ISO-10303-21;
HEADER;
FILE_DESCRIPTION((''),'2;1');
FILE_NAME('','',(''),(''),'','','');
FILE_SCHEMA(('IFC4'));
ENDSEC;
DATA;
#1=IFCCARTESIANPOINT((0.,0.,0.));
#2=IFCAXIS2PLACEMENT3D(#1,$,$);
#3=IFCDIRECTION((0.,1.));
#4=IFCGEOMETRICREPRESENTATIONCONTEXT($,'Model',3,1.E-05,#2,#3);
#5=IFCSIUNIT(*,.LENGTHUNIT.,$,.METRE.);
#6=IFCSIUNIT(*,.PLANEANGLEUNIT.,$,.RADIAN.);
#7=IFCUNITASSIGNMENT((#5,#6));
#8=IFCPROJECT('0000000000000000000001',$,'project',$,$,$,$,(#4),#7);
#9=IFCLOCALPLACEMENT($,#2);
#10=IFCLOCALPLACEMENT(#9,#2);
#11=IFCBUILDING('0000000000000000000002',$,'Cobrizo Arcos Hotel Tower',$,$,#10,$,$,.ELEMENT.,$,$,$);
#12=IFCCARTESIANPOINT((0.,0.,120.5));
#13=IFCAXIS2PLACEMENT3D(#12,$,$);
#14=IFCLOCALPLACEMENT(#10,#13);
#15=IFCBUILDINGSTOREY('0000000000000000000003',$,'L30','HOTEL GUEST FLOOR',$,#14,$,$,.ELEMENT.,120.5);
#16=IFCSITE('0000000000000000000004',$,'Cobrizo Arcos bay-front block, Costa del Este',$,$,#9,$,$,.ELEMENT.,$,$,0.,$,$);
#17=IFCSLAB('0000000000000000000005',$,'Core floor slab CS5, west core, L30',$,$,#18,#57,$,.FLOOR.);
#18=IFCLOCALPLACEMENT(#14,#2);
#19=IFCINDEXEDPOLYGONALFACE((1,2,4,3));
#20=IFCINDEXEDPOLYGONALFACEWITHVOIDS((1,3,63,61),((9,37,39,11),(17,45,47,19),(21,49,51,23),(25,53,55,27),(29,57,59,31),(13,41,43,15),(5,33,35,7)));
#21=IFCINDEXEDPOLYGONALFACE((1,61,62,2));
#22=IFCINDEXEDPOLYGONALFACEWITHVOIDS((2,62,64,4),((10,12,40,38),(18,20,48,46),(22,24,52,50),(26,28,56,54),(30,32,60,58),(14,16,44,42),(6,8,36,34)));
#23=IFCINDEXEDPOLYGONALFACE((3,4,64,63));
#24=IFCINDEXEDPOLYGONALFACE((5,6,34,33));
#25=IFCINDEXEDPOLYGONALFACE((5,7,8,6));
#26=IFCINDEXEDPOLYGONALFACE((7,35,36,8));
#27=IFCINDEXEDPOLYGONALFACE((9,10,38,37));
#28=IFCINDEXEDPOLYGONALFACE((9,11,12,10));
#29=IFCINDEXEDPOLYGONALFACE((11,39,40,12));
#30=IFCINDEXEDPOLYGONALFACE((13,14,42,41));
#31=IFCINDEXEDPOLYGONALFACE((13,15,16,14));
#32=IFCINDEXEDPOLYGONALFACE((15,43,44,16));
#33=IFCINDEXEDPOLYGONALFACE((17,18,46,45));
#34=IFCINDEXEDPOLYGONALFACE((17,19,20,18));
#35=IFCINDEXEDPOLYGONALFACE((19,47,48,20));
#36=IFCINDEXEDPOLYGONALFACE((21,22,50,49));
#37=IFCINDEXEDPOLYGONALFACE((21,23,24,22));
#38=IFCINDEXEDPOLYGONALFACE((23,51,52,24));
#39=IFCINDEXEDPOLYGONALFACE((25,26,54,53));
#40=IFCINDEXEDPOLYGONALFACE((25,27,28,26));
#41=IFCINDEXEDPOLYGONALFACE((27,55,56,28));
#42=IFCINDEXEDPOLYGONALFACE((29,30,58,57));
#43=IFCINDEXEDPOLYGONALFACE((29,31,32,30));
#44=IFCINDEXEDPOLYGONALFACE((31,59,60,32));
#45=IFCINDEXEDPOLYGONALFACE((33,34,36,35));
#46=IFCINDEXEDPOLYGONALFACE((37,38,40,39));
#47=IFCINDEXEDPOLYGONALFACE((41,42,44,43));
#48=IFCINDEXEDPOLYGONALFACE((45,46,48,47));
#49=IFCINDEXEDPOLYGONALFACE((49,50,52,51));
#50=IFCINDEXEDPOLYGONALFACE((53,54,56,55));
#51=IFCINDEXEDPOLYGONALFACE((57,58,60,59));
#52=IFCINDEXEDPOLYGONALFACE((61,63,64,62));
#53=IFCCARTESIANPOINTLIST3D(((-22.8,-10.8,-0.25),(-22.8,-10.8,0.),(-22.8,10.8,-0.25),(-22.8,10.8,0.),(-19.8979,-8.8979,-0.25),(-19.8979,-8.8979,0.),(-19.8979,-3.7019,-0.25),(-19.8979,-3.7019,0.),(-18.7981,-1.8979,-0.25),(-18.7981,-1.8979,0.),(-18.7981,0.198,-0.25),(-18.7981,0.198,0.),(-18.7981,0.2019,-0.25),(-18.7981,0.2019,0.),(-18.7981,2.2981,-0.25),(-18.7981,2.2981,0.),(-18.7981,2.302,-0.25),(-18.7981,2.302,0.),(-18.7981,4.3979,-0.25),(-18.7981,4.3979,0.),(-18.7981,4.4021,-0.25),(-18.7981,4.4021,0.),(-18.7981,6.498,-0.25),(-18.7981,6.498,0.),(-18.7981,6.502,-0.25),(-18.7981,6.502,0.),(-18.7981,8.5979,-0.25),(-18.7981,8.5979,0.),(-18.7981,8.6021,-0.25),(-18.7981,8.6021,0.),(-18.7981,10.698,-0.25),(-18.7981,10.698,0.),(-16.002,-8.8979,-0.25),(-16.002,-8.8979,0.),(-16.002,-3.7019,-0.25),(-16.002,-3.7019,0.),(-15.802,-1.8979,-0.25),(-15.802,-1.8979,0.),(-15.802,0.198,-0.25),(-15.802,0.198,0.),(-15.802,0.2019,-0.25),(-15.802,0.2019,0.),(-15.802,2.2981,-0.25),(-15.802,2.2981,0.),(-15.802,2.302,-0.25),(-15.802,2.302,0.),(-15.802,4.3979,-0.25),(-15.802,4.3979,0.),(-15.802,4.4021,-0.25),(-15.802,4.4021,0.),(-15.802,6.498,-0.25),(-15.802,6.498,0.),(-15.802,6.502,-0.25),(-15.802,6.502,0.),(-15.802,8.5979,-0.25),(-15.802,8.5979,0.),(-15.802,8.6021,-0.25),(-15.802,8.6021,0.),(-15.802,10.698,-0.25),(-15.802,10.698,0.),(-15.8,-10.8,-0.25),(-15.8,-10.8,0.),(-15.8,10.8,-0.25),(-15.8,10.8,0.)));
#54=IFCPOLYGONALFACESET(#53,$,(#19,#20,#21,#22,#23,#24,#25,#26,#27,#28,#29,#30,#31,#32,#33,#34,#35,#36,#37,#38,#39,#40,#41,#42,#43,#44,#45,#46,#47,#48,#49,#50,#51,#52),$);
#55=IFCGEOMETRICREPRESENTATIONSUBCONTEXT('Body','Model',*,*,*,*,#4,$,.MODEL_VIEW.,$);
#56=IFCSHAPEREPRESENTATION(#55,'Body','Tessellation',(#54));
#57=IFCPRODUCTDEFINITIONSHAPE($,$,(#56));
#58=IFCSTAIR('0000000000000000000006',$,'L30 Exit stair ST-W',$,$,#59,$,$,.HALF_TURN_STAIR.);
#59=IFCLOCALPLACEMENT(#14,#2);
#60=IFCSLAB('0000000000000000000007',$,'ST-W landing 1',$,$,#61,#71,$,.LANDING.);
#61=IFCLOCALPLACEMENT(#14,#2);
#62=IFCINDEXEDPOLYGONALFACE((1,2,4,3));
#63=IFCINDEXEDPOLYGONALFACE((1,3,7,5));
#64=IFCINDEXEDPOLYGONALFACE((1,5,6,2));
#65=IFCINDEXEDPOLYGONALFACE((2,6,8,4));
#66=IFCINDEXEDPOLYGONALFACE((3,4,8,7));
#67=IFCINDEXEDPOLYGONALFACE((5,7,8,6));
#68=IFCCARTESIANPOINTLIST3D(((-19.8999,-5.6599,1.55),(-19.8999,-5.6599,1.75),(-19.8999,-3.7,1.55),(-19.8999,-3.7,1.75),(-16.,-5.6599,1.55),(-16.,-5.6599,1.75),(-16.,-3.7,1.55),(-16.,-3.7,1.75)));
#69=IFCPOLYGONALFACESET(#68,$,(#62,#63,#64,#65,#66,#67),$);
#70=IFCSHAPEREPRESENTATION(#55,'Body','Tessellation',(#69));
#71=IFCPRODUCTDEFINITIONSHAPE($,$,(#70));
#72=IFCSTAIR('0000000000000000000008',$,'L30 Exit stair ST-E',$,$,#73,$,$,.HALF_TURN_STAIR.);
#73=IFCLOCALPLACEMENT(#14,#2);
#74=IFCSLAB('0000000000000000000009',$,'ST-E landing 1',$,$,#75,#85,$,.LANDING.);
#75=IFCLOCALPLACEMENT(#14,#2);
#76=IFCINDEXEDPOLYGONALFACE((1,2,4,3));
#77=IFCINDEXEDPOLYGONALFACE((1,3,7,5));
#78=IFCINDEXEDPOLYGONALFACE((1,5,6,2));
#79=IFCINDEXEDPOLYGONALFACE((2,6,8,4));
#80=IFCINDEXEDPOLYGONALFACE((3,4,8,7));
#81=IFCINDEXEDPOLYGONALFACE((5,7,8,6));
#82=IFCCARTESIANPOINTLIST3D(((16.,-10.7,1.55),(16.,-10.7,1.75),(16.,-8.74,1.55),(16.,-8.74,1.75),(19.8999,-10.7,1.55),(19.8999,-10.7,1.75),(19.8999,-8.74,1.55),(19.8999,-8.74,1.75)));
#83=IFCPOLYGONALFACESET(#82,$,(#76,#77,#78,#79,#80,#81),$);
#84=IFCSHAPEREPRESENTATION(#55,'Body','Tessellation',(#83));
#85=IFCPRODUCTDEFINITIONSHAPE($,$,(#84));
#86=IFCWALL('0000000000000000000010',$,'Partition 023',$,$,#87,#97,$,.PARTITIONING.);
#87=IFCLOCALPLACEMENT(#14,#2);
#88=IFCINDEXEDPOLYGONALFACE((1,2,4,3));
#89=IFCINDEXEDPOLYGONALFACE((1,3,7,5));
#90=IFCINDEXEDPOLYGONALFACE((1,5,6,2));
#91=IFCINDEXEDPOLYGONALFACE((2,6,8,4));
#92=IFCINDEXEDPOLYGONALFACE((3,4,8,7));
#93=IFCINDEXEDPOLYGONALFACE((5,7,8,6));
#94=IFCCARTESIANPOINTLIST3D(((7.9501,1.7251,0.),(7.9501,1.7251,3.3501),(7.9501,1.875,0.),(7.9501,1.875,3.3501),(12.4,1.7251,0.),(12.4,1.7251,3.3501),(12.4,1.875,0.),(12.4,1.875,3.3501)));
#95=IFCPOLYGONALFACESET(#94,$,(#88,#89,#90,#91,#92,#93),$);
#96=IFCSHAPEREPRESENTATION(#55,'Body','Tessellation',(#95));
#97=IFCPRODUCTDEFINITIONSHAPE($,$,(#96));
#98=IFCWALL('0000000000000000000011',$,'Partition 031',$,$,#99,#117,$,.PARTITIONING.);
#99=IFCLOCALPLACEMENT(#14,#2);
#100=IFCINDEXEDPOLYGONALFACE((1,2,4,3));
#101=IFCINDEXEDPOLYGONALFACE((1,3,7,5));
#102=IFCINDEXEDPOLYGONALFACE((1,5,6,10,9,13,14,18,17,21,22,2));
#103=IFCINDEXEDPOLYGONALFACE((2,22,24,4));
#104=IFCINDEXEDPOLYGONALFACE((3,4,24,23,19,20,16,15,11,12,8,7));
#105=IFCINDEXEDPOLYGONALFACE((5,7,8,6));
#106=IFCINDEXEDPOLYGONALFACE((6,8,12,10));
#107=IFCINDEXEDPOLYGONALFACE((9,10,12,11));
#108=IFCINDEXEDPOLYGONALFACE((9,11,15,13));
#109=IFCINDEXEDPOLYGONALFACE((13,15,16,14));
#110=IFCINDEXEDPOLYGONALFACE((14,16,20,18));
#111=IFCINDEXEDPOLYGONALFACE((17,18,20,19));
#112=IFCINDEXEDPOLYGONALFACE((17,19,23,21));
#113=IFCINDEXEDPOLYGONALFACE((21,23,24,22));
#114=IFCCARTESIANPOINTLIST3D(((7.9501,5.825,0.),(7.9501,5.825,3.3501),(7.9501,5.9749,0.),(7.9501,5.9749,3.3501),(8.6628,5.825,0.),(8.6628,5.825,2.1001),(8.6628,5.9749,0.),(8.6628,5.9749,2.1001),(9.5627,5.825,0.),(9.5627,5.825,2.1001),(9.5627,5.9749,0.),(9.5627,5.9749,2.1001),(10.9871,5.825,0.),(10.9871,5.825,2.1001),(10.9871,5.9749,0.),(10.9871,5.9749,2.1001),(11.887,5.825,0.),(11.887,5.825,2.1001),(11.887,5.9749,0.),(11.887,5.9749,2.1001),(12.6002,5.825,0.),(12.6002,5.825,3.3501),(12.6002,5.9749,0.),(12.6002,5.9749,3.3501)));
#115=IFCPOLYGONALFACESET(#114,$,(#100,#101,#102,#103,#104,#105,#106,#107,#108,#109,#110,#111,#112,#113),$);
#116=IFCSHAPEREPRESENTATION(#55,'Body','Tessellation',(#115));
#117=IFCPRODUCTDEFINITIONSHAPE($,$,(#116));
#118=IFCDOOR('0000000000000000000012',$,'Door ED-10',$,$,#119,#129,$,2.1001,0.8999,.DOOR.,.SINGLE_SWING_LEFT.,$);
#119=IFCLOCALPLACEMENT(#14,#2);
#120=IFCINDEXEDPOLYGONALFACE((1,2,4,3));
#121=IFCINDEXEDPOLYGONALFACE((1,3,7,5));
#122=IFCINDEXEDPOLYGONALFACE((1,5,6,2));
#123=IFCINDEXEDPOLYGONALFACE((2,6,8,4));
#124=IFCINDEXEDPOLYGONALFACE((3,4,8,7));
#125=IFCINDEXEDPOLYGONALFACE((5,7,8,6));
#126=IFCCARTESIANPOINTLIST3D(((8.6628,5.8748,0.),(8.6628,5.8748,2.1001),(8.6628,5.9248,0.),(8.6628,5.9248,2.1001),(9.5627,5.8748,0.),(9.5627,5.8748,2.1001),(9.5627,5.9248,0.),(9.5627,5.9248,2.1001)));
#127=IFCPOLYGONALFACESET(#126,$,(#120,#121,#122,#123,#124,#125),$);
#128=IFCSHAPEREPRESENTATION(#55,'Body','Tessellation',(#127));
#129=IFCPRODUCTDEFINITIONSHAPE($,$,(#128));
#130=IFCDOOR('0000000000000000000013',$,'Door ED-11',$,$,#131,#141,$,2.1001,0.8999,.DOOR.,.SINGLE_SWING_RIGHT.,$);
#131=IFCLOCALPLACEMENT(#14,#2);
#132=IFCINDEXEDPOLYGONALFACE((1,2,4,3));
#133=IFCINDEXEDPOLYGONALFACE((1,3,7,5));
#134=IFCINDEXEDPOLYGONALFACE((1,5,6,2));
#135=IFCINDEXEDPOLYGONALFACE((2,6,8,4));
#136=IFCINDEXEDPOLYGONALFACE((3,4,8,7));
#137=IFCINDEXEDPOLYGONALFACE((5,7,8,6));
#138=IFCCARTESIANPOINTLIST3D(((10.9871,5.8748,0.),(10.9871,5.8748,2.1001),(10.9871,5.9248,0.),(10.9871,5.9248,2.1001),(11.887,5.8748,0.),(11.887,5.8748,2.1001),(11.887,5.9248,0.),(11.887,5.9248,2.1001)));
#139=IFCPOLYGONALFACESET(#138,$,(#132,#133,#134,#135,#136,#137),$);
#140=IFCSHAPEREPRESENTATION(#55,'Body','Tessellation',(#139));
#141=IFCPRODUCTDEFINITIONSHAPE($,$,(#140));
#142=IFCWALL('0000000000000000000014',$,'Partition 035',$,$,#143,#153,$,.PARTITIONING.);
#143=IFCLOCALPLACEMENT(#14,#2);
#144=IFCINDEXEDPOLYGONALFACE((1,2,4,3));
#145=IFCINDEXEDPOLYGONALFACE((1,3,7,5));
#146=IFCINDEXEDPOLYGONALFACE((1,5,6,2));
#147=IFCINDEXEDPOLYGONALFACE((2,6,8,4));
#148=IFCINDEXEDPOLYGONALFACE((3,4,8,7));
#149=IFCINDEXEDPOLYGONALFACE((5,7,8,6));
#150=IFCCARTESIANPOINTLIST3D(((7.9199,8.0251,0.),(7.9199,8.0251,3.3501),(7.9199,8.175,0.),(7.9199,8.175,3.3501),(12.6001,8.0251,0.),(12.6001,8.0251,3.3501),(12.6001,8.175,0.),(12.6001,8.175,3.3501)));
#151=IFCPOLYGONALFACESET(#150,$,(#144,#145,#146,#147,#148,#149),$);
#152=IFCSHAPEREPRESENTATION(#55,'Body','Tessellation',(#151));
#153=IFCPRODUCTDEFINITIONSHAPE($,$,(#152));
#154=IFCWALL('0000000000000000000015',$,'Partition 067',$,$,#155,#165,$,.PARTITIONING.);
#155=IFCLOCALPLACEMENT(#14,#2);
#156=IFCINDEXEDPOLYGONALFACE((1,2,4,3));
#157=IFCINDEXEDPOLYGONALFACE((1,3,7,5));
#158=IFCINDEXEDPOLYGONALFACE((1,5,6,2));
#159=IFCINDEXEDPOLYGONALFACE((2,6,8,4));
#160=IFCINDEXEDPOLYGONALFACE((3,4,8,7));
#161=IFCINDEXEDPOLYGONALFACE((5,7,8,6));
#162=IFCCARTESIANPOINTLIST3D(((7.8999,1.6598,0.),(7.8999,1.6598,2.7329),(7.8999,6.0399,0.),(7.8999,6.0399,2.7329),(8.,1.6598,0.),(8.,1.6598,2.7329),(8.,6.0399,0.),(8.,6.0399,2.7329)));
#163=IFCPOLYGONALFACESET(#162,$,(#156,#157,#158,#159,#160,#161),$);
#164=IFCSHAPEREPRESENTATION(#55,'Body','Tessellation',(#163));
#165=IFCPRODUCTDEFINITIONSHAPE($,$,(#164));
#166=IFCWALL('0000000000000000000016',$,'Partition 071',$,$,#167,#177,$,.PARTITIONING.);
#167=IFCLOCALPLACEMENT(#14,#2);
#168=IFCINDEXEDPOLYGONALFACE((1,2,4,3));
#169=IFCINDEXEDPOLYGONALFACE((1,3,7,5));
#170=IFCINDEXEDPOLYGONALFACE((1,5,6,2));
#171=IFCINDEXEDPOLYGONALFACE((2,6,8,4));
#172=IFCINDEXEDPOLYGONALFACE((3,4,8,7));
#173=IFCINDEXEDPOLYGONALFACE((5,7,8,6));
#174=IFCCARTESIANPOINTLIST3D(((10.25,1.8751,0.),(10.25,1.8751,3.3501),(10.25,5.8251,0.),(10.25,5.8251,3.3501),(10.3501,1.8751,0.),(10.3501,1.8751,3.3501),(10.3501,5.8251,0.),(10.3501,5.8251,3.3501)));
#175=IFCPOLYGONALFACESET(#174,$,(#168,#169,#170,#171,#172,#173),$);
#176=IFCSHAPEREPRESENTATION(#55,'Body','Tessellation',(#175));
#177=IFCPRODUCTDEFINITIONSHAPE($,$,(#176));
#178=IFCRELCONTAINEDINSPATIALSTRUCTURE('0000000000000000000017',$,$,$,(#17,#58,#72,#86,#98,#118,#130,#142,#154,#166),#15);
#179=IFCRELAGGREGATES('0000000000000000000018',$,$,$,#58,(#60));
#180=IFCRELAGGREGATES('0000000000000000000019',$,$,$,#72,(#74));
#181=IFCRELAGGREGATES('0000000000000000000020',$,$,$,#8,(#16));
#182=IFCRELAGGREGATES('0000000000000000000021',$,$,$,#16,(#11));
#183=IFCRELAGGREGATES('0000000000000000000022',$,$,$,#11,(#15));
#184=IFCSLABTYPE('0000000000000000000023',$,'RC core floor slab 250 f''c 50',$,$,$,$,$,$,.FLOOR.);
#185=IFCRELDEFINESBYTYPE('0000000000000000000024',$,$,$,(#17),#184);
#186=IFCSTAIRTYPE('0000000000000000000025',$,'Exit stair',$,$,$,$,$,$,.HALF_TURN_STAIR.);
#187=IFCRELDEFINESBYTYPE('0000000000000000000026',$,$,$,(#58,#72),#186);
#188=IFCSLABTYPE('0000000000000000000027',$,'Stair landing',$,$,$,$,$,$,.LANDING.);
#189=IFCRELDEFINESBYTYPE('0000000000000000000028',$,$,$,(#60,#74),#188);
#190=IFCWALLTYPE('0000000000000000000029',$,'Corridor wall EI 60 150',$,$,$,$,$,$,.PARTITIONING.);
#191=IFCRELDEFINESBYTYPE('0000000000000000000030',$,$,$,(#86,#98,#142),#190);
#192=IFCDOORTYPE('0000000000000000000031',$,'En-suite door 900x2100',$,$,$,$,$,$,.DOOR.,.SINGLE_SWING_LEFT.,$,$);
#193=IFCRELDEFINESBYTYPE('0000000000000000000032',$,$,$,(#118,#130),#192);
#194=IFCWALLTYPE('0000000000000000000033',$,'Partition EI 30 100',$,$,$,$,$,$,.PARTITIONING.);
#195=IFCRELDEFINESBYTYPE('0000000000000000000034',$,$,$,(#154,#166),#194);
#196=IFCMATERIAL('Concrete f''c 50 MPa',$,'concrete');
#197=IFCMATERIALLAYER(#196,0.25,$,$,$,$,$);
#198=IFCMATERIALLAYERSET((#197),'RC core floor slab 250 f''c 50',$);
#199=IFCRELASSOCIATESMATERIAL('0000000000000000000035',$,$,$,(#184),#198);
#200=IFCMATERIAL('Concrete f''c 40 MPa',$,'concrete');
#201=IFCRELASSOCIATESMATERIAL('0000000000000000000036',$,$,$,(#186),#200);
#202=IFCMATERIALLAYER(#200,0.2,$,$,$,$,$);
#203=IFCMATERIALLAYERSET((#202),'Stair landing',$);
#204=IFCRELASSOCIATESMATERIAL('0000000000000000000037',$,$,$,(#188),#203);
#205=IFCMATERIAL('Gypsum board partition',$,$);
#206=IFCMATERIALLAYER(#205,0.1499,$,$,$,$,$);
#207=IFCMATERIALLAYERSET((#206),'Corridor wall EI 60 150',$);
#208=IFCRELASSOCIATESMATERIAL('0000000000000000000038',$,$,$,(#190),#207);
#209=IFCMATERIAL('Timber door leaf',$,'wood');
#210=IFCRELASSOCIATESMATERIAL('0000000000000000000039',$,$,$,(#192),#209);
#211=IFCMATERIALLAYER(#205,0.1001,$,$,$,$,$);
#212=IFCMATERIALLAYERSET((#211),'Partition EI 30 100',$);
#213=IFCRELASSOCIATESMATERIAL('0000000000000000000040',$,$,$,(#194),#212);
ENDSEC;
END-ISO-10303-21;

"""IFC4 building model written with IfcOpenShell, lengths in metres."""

from ifc_helpers import new_model, si_unit, direction, frame, frame_2d, origin, place, context, subcontext, project, spatial, polyline, rectangle, outline, extrude, material, layer, layer_set, type_object, element, fill, aggregate, save


model = new_model("IFC4")

# Units and contexts
model_context = context("Model", 3, precision=1e-05, world=origin(), true_north=direction((0.0, 1.0)))
body_context = subcontext(model_context, "Body", "Model", "MODEL_VIEW")
ifc_project = project(units=[si_unit("LENGTHUNIT", "METRE"), si_unit("PLANEANGLEUNIT", "RADIAN")], contexts=[model_context])

# Site, building, storey
site_placement = place(None, origin())
site = spatial("IfcSite", under=ifc_project, at=site_placement, Name="Cobrizo Arcos bay-front block, Costa del Este", CompositionType="ELEMENT", RefElevation=0.0)
building_placement = place(site_placement, origin())
building = spatial("IfcBuilding", under=site, at=building_placement, Name="Cobrizo Arcos Hotel Tower", CompositionType="ELEMENT")
storey_placement = place(building_placement, frame((0.0, 0.0, 120.5)))
storey = spatial("IfcBuildingStorey", under=building, at=storey_placement, Name="L30", Description="HOTEL GUEST FLOOR", CompositionType="ELEMENT", Elevation=120.5)

# Slab
ifc_material_1 = material(Name="Concrete f'c 50 MPa", Category="concrete")
ifc_layer_1 = layer(ifc_material_1, 0.25)
ifc_layer_set_1 = layer_set([ifc_layer_1], Name="RC core floor slab 250 f'c 50")
slab_type_1 = type_object("IfcSlabType", Name="RC core floor slab 250 f'c 50", PredefinedType="FLOOR", material=ifc_layer_set_1)
slab_1_placement = place(storey_placement, frame((0.0, 0.0, -0.25)))
element("IfcSlab", 1, at=slab_1_placement, inside=storey, type_object=slab_type_1, Name="Core floor slab CS5, west core, L30", PredefinedType="FLOOR", context=body_context, shape_type="SweptSolid", body=[
    extrude(outline(polyline([(-22.8, 10.8), (-15.8, 10.8), (-15.8, -10.8), (-22.8, -10.8), (-22.8, 10.8)]), holes=[polyline([(-19.8979, -3.7019), (-19.8979, -8.8979), (-16.002, -8.8979), (-16.002, -3.7019), (-19.8979, -3.7019)]), polyline([(-18.7981, 0.198), (-18.7981, -1.8979), (-15.802, -1.8979), (-15.802, 0.198), (-18.7981, 0.198)]), polyline([(-15.802, 2.2981), (-18.7981, 2.2981), (-18.7981, 0.2019), (-15.802, 0.2019), (-15.802, 2.2981)]), polyline([(-15.802, 4.3979), (-18.7981, 4.3979), (-18.7981, 2.302), (-15.802, 2.302), (-15.802, 4.3979)]), polyline([(-18.7981, 6.498), (-18.7981, 4.4021), (-15.802, 4.4021), (-15.802, 6.498), (-18.7981, 6.498)]), polyline([(-15.802, 8.5979), (-18.7981, 8.5979), (-18.7981, 6.502), (-15.802, 6.502), (-15.802, 8.5979)]), polyline([(-15.802, 10.698), (-18.7981, 10.698), (-18.7981, 8.6021), (-15.802, 8.6021), (-15.802, 10.698)])]), origin(), (0.0, 0.0, 1.0), 0.25),
])

# Stairs, slabs
ifc_material_2 = material(Name="Concrete f'c 40 MPa", Category="concrete")
stair_type = type_object("IfcStairType", Name="Exit stair", PredefinedType="HALF_TURN_STAIR", material=ifc_material_2)
stair_1_placement = place(storey_placement, origin())
stair_1 = element("IfcStair", 2, at=stair_1_placement, inside=storey, type_object=stair_type, Name="L30 Exit stair ST-W", PredefinedType="HALF_TURN_STAIR")
ifc_layer_2 = layer(ifc_material_2, 0.2)
ifc_layer_set_2 = layer_set([ifc_layer_2], Name="Stair landing")
slab_type_2 = type_object("IfcSlabType", Name="Stair landing", PredefinedType="LANDING", material=ifc_layer_set_2)
slab_2_placement = place(storey_placement, frame((0.0, 0.0, 1.55)))
slab_2 = element("IfcSlab", 3, at=slab_2_placement, type_object=slab_type_2, Name="ST-W landing 1", PredefinedType="LANDING", context=body_context, shape_type="SweptSolid", body=[
    extrude(outline(polyline([(-16.0, -5.6599), (-16.0, -3.7), (-19.8999, -3.7), (-19.8999, -5.6599), (-16.0, -5.6599)])), origin(), (0.0, 0.0, 1.0), 0.2),
])
aggregate(stair_1, [slab_2])
stair_2_placement = place(storey_placement, origin())
stair_2 = element("IfcStair", 4, at=stair_2_placement, inside=storey, type_object=stair_type, Name="L30 Exit stair ST-E", PredefinedType="HALF_TURN_STAIR")
slab_3_placement = place(storey_placement, frame((0.0, 0.0, 1.55)))
slab_3 = element("IfcSlab", 5, at=slab_3_placement, type_object=slab_type_2, Name="ST-E landing 1", PredefinedType="LANDING", context=body_context, shape_type="SweptSolid", body=[
    extrude(outline(polyline([(16.0, -8.74), (16.0, -10.7), (19.8999, -10.7), (19.8999, -8.74), (16.0, -8.74)])), origin(), (0.0, 0.0, 1.0), 0.2),
])
aggregate(stair_2, [slab_3])

# Wall
ifc_material_3 = material(Name="Gypsum board partition")
ifc_layer_3 = layer(ifc_material_3, 0.1499)
ifc_layer_set_3 = layer_set([ifc_layer_3], Name="Corridor wall EI 60 150")
wall_type_1 = type_object("IfcWallType", Name="Corridor wall EI 60 150", PredefinedType="PARTITIONING", material=ifc_layer_set_3)
wall_1_placement = place(storey_placement, frame((7.95, 1.8, 0.0), z_axis=(0.0, 0.0, 1.0), x_axis=(1.0, 0.0, 0.0)))
element("IfcWall", 6, at=wall_1_placement, inside=storey, type_object=wall_type_1, Name="Partition 023", PredefinedType="PARTITIONING", context=body_context, shape_type="SweptSolid", body=[
    extrude(rectangle(XDim=4.45, YDim=0.1499, at=frame_2d((2.2251, 0.0))), origin(), (0.0, 0.0, 1.0), 3.3501),
])

# Wall, openings, doors
wall_2_placement = place(storey_placement, frame((7.95, 5.8999, 0.0), z_axis=(0.0, 0.0, 1.0), x_axis=(1.0, 0.0, 0.0)))
wall_2 = element("IfcWall", 7, at=wall_2_placement, inside=storey, type_object=wall_type_1, Name="Partition 031", PredefinedType="PARTITIONING", context=body_context, shape_type="SweptSolid", body=[
    extrude(rectangle(XDim=4.6501, YDim=0.1499, at=frame_2d((2.3252, 0.0))), origin(), (0.0, 0.0, 1.0), 3.3501),
])
opening_1_placement = place(wall_2_placement, frame((0.7129, 0.0, 0.0)))
opening_1 = element("IfcOpeningElement", 8, at=opening_1_placement, cuts=wall_2, PredefinedType="OPENING", context=body_context, shape_type="SweptSolid", body=[
    extrude(rectangle(XDim=0.8999, YDim=2.1001, at=frame_2d((0.45, 1.05))), frame((0.0, 0.0869, 0.0), z_axis=(0.0, -1.0, 0.0), x_axis=(1.0, 0.0, 0.0)), (0.0, 0.0, 1.0), 0.1738),
])
opening_2_placement = place(wall_2_placement, frame((3.0371, 0.0, 0.0)))
opening_2 = element("IfcOpeningElement", 9, at=opening_2_placement, cuts=wall_2, PredefinedType="OPENING", context=body_context, shape_type="SweptSolid", body=[
    extrude(rectangle(XDim=0.8999, YDim=2.1001, at=frame_2d((0.45, 1.05))), frame((0.0, 0.0869, 0.0), z_axis=(0.0, -1.0, 0.0), x_axis=(1.0, 0.0, 0.0)), (0.0, 0.0, 1.0), 0.1738),
])
ifc_material_4 = material(Name="Timber door leaf", Category="wood")
door_type_1 = type_object("IfcDoorType", Name="En-suite door 900x2100", OperationType="SINGLE_SWING_LEFT", PredefinedType="DOOR", material=ifc_material_4)
door_1_placement = place(opening_1_placement, origin())
door_1 = element("IfcDoor", 10, at=door_1_placement, inside=storey, type_object=door_type_1, Name="Door ED-10", OperationType="SINGLE_SWING_LEFT", OverallHeight=2.1001, OverallWidth=0.8999, PredefinedType="DOOR", context=body_context, shape_type="SweptSolid", body=[
    extrude(rectangle(XDim=0.8999, YDim=2.1001, at=frame_2d((0.45, 1.05))), frame((0.0, 0.0249, 0.0), z_axis=(0.0, -1.0, 0.0), x_axis=(1.0, 0.0, 0.0)), (0.0, 0.0, 1.0), 0.05),
])
fill(opening_1, door_1)
door_2_placement = place(opening_2_placement, origin())
door_2 = element("IfcDoor", 11, at=door_2_placement, inside=storey, type_object=door_type_1, Name="Door ED-11", OperationType="SINGLE_SWING_RIGHT", OverallHeight=2.1001, OverallWidth=0.8999, PredefinedType="DOOR", context=body_context, shape_type="SweptSolid", body=[
    extrude(rectangle(XDim=0.8999, YDim=2.1001, at=frame_2d((0.45, 1.05))), frame((0.0, 0.0249, 0.0), z_axis=(0.0, -1.0, 0.0), x_axis=(1.0, 0.0, 0.0)), (0.0, 0.0, 1.0), 0.05),
])
fill(opening_2, door_2)

# Walls
wall_3_placement = place(storey_placement, frame((7.9199, 8.1001, 0.0), z_axis=(0.0, 0.0, 1.0), x_axis=(1.0, 0.0, 0.0)))
element("IfcWall", 12, at=wall_3_placement, inside=storey, type_object=wall_type_1, Name="Partition 035", PredefinedType="PARTITIONING", context=body_context, shape_type="SweptSolid", body=[
    extrude(rectangle(XDim=4.6802, YDim=0.1499, at=frame_2d((2.3401, 0.0))), origin(), (0.0, 0.0, 1.0), 3.3501),
])
ifc_layer_4 = layer(ifc_material_3, 0.1001)
ifc_layer_set_4 = layer_set([ifc_layer_4], Name="Partition EI 30 100")
wall_type_2 = type_object("IfcWallType", Name="Partition EI 30 100", PredefinedType="PARTITIONING", material=ifc_layer_set_4)
wall_4_placement = place(storey_placement, frame((7.95, 1.6599, 0.0), z_axis=(0.0, 0.0, 1.0), x_axis=(0.0, 1.0, 0.0)))
element("IfcWall", 13, at=wall_4_placement, inside=storey, type_object=wall_type_2, Name="Partition 067", PredefinedType="PARTITIONING", context=body_context, shape_type="SweptSolid", body=[
    extrude(rectangle(XDim=4.3801, YDim=0.1001, at=frame_2d((2.1899, 0.0))), origin(), (0.0, 0.0, 1.0), 2.7329),
])
wall_5_placement = place(storey_placement, frame((10.3, 1.875, 0.0), z_axis=(0.0, 0.0, 1.0), x_axis=(0.0, 1.0, 0.0)))
element("IfcWall", 14, at=wall_5_placement, inside=storey, type_object=wall_type_2, Name="Partition 071", PredefinedType="PARTITIONING", context=body_context, shape_type="SweptSolid", body=[
    extrude(rectangle(XDim=3.95, YDim=0.1001, at=frame_2d((1.9751, 0.0))), origin(), (0.0, 0.0, 1.0), 3.3501),
])

save(model, "model.ifc")
